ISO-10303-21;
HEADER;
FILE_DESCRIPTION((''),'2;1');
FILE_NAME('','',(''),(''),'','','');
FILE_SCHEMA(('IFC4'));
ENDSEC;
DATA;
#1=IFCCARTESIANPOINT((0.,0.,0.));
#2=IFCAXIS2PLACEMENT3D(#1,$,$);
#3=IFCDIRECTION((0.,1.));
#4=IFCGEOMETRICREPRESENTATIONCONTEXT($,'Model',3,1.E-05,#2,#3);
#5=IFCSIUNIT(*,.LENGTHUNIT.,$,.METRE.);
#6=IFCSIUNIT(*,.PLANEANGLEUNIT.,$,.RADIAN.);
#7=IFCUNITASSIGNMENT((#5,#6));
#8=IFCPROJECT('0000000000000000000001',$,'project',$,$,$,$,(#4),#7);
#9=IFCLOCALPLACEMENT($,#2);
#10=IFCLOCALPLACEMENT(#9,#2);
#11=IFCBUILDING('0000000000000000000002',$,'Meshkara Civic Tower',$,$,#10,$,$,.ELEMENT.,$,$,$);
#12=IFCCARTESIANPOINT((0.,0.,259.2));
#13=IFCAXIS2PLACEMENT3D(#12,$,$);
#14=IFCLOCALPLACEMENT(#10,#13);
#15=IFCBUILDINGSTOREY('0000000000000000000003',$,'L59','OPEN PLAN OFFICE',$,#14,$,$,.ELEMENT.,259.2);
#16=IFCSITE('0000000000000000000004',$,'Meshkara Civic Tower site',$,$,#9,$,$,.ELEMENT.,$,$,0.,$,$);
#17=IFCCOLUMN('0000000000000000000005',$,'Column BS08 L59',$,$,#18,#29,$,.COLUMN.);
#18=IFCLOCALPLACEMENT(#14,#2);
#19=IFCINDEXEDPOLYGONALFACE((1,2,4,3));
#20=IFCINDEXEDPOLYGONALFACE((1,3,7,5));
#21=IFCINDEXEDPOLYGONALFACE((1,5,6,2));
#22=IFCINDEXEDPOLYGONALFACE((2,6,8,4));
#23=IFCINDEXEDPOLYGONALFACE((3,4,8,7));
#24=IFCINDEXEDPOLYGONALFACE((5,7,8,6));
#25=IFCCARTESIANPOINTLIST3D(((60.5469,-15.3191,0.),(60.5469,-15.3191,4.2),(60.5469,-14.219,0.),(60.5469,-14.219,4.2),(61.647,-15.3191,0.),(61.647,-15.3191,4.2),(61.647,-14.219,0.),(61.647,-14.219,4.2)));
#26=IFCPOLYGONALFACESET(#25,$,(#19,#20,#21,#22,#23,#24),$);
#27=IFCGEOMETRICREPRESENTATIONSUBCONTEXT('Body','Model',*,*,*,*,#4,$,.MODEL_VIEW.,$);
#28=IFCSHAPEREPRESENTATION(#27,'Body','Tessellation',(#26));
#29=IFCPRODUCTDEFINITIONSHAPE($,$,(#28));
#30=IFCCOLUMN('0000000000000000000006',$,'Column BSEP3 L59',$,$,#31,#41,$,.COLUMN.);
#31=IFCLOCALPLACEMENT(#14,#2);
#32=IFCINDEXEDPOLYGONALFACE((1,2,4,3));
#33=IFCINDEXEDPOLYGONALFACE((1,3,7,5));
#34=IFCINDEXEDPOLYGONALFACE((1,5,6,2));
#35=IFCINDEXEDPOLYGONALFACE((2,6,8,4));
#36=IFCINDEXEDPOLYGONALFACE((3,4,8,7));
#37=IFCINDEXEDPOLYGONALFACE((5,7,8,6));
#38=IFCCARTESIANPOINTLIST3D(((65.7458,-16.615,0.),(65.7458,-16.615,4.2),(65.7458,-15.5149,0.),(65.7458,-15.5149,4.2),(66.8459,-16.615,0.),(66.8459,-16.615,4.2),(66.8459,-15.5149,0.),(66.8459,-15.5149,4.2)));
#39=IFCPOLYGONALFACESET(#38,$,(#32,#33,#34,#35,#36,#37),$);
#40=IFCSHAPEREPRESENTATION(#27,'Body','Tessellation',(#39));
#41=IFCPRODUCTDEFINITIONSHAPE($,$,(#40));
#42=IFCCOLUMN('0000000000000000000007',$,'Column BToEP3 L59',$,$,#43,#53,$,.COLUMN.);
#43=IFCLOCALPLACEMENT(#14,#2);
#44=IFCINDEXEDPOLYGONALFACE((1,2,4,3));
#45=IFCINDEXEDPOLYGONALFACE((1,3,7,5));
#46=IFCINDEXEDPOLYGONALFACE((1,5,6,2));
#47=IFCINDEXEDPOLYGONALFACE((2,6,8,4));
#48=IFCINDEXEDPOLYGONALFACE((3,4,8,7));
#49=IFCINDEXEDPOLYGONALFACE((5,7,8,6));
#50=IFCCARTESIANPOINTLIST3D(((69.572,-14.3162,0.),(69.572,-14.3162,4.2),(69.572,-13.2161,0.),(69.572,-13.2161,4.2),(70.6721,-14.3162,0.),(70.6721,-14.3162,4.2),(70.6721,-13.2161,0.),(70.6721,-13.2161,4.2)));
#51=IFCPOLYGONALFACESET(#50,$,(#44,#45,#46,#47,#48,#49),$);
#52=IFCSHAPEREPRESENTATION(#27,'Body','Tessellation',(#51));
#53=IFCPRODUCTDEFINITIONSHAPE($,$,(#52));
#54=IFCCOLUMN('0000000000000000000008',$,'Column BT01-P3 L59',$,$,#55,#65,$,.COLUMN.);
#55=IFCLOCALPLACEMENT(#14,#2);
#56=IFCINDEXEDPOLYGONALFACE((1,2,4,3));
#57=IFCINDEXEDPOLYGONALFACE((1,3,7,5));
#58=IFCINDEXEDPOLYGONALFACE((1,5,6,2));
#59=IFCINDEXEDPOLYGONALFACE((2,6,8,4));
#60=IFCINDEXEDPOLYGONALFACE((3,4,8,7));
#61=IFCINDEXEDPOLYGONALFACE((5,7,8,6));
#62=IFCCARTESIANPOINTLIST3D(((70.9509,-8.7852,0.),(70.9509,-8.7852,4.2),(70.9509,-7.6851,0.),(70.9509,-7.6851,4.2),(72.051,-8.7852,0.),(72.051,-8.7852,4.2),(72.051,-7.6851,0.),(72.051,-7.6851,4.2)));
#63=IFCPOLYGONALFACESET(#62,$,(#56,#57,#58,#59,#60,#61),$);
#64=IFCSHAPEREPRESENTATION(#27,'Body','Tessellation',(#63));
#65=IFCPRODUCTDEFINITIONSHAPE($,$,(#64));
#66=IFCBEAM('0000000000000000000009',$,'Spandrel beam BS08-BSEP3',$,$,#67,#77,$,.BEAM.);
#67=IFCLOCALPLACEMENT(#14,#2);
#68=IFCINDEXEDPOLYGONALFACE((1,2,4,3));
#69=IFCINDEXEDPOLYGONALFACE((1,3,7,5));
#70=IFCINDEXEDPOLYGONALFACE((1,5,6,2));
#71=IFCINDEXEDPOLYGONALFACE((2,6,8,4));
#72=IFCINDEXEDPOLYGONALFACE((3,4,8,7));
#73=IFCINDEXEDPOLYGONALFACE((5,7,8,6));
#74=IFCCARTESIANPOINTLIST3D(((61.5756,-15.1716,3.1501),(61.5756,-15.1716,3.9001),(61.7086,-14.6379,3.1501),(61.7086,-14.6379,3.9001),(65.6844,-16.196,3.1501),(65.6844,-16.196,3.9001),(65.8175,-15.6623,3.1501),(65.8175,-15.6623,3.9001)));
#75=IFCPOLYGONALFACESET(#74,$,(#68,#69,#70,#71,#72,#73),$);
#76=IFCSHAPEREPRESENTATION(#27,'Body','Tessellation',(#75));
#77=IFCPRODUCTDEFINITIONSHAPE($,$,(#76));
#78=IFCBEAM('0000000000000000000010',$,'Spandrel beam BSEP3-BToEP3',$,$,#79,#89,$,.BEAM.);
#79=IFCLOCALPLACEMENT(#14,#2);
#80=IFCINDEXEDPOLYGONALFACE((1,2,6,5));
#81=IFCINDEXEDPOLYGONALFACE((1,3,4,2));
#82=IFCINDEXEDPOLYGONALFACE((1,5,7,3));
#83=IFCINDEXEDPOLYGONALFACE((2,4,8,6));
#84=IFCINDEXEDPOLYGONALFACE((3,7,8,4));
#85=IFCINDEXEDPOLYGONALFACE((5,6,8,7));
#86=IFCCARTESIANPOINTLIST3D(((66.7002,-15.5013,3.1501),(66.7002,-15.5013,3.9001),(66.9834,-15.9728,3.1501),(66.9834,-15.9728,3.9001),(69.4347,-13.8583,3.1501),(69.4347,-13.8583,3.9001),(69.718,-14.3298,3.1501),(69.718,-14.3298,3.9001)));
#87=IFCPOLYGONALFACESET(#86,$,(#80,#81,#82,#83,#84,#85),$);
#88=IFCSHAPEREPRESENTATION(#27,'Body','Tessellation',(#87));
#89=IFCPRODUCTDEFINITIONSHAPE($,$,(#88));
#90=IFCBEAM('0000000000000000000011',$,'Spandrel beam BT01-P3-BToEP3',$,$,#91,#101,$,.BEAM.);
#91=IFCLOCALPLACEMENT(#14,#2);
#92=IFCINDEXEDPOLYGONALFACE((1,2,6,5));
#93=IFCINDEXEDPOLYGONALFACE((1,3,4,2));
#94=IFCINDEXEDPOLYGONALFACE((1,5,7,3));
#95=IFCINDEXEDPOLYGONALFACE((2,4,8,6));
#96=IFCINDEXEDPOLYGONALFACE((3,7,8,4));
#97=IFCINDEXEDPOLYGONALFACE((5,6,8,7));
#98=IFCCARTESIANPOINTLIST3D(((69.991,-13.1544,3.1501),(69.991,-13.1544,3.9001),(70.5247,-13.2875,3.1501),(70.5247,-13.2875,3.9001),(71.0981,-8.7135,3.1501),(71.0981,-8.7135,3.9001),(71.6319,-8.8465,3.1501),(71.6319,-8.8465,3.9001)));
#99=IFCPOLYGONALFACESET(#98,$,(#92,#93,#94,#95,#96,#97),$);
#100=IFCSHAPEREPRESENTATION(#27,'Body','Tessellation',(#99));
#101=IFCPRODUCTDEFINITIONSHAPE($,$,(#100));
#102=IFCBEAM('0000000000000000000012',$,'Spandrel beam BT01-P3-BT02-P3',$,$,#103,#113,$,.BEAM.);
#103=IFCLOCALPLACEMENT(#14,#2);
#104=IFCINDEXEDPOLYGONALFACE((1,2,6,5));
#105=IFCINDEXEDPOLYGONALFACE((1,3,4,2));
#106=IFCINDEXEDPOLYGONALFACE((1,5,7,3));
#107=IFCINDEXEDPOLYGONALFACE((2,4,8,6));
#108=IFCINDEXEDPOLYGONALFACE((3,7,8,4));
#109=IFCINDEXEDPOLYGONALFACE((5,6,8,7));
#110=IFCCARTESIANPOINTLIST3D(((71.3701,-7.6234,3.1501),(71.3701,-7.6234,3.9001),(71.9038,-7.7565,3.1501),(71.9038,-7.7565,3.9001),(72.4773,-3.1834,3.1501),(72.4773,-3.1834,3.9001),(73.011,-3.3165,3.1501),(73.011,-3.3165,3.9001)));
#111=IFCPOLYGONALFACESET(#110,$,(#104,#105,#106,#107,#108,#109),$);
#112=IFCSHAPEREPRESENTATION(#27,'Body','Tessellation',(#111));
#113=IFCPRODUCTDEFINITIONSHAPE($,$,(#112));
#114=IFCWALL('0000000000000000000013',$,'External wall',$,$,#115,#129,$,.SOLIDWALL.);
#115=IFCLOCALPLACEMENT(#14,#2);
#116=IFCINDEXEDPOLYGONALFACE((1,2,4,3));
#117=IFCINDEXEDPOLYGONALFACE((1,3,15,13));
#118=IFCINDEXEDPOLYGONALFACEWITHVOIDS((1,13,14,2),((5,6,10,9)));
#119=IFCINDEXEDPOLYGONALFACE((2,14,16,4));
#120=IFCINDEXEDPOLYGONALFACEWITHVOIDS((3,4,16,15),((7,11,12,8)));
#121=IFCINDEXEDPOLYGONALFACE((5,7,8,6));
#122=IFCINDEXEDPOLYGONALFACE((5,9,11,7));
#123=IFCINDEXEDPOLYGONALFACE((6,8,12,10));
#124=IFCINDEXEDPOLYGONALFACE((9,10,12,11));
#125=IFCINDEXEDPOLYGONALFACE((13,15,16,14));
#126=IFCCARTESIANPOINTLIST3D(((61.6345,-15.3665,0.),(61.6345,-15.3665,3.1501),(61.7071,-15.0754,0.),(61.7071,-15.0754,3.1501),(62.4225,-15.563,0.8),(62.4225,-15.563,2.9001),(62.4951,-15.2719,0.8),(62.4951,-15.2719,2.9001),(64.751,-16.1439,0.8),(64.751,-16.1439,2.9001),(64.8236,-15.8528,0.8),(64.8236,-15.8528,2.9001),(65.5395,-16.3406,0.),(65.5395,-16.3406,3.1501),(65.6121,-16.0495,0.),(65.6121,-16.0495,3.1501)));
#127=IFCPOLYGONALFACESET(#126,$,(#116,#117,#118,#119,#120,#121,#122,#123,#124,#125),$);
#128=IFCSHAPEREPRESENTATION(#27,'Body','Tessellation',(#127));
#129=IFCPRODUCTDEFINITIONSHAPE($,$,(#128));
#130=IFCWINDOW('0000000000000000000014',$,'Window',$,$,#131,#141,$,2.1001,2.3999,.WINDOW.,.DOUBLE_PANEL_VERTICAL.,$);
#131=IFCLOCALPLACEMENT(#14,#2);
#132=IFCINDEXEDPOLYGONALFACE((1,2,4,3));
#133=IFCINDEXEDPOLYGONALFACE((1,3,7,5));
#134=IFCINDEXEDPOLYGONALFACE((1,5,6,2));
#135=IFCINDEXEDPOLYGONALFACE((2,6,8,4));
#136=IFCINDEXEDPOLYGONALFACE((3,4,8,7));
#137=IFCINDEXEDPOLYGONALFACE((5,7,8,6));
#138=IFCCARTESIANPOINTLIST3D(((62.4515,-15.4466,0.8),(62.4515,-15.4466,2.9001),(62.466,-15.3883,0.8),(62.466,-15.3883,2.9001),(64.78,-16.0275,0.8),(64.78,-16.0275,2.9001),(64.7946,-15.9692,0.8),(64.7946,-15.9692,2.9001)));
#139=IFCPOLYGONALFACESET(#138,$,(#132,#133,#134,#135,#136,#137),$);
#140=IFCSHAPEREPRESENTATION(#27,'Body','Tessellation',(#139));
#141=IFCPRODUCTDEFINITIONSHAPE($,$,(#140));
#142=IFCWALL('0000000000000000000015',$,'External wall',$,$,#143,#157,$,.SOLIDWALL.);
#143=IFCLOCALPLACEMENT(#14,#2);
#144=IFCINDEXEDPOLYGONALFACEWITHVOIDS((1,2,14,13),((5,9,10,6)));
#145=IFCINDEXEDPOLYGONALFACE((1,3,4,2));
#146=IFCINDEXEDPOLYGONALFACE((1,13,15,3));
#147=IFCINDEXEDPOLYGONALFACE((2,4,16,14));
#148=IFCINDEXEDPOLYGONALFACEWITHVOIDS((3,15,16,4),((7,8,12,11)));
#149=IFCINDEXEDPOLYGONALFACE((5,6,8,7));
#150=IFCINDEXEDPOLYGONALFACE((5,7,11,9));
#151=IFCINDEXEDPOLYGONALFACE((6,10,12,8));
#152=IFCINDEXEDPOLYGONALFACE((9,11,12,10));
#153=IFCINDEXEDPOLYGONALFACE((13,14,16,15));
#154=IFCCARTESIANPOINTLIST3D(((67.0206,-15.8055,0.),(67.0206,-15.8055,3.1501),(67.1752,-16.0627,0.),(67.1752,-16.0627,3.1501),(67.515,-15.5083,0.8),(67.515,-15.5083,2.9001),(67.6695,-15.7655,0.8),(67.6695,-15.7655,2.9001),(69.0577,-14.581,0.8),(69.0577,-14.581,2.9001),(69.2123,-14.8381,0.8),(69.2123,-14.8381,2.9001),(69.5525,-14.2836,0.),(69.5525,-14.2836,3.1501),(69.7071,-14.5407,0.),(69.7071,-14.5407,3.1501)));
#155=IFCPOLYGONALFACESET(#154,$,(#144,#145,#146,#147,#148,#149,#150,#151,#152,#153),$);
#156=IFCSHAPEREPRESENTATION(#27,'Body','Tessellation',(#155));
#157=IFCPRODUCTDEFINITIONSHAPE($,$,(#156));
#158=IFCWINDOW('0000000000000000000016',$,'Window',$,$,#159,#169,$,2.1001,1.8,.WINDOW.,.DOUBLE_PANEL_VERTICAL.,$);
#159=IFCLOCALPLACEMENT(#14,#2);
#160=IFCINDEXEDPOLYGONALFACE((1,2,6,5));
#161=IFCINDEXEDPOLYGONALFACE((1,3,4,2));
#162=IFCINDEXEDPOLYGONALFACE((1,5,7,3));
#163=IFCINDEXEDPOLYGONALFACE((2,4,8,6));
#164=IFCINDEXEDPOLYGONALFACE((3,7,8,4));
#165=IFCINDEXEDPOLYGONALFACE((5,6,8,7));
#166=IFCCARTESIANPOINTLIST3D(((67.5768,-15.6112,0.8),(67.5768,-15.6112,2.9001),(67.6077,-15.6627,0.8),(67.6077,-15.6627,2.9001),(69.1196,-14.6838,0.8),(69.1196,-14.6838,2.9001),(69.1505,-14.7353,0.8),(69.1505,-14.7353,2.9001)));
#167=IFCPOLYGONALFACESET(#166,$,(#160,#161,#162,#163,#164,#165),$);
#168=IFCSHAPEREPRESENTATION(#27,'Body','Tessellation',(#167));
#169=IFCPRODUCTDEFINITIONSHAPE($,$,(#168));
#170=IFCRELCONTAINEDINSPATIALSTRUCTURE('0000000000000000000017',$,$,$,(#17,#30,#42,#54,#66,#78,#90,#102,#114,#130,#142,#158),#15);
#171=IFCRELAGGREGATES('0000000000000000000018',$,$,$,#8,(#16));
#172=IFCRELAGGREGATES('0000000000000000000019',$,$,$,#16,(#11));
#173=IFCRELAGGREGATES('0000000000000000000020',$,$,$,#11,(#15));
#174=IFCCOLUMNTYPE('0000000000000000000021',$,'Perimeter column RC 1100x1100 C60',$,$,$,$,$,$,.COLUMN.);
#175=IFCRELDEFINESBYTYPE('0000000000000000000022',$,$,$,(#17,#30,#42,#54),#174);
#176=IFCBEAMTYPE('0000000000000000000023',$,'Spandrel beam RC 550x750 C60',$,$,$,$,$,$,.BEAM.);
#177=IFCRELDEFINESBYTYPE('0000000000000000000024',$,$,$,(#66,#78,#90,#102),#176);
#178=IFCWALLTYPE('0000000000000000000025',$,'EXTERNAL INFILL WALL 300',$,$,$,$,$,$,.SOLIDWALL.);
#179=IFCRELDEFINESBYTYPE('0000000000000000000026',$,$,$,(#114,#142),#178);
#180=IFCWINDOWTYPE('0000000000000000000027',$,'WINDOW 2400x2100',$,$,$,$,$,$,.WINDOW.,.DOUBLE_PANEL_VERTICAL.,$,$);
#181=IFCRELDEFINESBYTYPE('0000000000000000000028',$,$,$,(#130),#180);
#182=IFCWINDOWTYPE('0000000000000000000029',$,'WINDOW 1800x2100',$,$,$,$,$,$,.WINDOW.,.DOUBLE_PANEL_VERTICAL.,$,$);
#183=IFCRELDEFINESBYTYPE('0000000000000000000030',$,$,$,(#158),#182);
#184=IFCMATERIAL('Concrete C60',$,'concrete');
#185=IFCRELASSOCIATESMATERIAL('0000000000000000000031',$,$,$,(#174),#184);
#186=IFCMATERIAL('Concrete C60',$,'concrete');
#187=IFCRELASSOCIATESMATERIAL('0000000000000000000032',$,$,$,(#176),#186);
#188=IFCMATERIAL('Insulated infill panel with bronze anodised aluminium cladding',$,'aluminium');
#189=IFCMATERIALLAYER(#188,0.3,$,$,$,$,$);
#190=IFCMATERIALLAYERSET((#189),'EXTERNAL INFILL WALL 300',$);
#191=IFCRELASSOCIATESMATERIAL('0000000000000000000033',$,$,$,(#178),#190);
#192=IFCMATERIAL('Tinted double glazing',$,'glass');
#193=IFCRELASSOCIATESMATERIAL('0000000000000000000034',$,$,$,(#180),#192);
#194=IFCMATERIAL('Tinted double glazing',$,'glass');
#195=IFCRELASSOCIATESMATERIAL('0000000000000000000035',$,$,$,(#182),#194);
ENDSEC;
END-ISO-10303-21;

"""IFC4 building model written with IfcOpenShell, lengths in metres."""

from ifc_helpers import new_model, si_unit, direction, frame, frame_2d, origin, origin_2d, place, context, subcontext, project, spatial, rectangle, extrude, material, layer, layer_set, material_profile, profile_set, type_object, element, fill, save


model = new_model("IFC4")

# Units and contexts
model_context = context("Model", 3, precision=1e-05, world=origin(), true_north=direction((0.0, 1.0)))
body_context = subcontext(model_context, "Body", "Model", "MODEL_VIEW")
ifc_project = project(units=[si_unit("LENGTHUNIT", "METRE"), si_unit("PLANEANGLEUNIT", "RADIAN")], contexts=[model_context])

# Site, building, storey
site_placement = place(None, origin())
site = spatial("IfcSite", under=ifc_project, at=site_placement, Name="Meshkara Civic Tower site", CompositionType="ELEMENT", RefElevation=0.0)
building_placement = place(site_placement, origin())
building = spatial("IfcBuilding", under=site, at=building_placement, Name="Meshkara Civic Tower", CompositionType="ELEMENT")
storey_placement = place(building_placement, frame((0.0, 0.0, 259.2)))
storey = spatial("IfcBuildingStorey", under=building, at=storey_placement, Name="L59", Description="OPEN PLAN OFFICE", CompositionType="ELEMENT", Elevation=259.2)

# Columns
ifc_material_1 = material(Name="Concrete C60", Category="concrete")
ifc_material_profile_1 = material_profile(ifc_material_1, rectangle(XDim=1.1001, YDim=1.1001, at=origin_2d()))
ifc_profile_set_1 = profile_set([ifc_material_profile_1], Name="Concrete C60")
column_type = type_object("IfcColumnType", Name="Perimeter column RC 1100x1100 C60", PredefinedType="COLUMN", material=ifc_profile_set_1)
for number, where, z_axis, x_axis, name in (
    (1, (61.0969, -14.769, 0.0), (0.0, 0.0, 1.0), (1.0, 0.0, 0.0), "Column BS08 L59"),
    (2, (66.2959, -16.0649, 0.0), (0.0, 0.0, 1.0), (1.0, 0.0, 0.0), "Column BSEP3 L59"),
    (3, (70.1221, -13.7661, 0.0), (0.0, 0.0, 1.0), (1.0, 0.0, 0.0), "Column BToEP3 L59"),
    (4, (71.501, -8.2351, 0.0), (0.0, 0.0, 1.0), (1.0, 0.0, 0.0), "Column BT01-P3 L59"),
):
    element("IfcColumn", number, at=place(storey_placement, frame(where, z_axis=z_axis, x_axis=x_axis)), inside=storey, type_object=column_type, Name=name, PredefinedType="COLUMN", context=body_context, shape_type="SweptSolid", body=[
        extrude(rectangle(XDim=1.1001, YDim=1.1001, at=origin_2d()), origin(), (0.0, 0.0, 1.0), 4.2),
    ])

# Beams
ifc_material_2 = material(Name="Concrete C60", Category="concrete")
ifc_material_profile_2 = material_profile(ifc_material_2, rectangle(XDim=0.55, YDim=0.75, at=origin_2d()))
ifc_profile_set_2 = profile_set([ifc_material_profile_2], Name="Concrete C60")
beam_type = type_object("IfcBeamType", Name="Spandrel beam RC 550x750 C60", PredefinedType="BEAM", material=ifc_profile_set_2)
beam_1_placement = place(storey_placement, frame((61.6421, -14.9048, 3.5251), z_axis=(0.970298, -0.241912, 0.0), x_axis=(0.241912, 0.970298, 0.0)))
element("IfcBeam", 5, at=beam_1_placement, inside=storey, type_object=beam_type, Name="Spandrel beam BS08-BSEP3", PredefinedType="BEAM", context=body_context, shape_type="SweptSolid", body=[
    extrude(rectangle(XDim=0.55, YDim=0.75, at=origin_2d()), origin(), (0.0, 0.0, 1.0), 4.2346),
])
beam_2_placement = place(storey_placement, frame((66.8418, -15.7371, 3.5251), z_axis=(0.857175, 0.515025, 0.0), x_axis=(-0.515025, 0.857175, 0.0)))
element("IfcBeam", 6, at=beam_2_placement, inside=storey, type_object=beam_type, Name="Spandrel beam BSEP3-BToEP3", PredefinedType="BEAM", context=body_context, shape_type="SweptSolid", body=[
    extrude(rectangle(XDim=0.55, YDim=0.75, at=origin_2d()), origin(), (0.0, 0.0, 1.0), 3.1902),
])
beam_3_placement = place(storey_placement, frame((70.2578, -13.2209, 3.5251), z_axis=(0.241908, 0.970299, 0.0), x_axis=(-0.970299, 0.241908, 0.0)))
element("IfcBeam", 7, at=beam_3_placement, inside=storey, type_object=beam_type, Name="Spandrel beam BT01-P3-BToEP3", PredefinedType="BEAM", context=body_context, shape_type="SweptSolid", body=[
    extrude(rectangle(XDim=0.55, YDim=0.75, at=origin_2d()), origin(), (0.0, 0.0, 1.0), 4.5769),
])
beam_4_placement = place(storey_placement, frame((71.637, -7.6899, 3.5251), z_axis=(0.241958, 0.970287, 0.0), x_axis=(-0.970287, 0.241958, 0.0)))
element("IfcBeam", 8, at=beam_4_placement, inside=storey, type_object=beam_type, Name="Spandrel beam BT01-P3-BT02-P3", PredefinedType="BEAM", context=body_context, shape_type="SweptSolid", body=[
    extrude(rectangle(XDim=0.55, YDim=0.75, at=origin_2d()), origin(), (0.0, 0.0, 1.0), 4.5759),
])

# Walls, openings, windows
ifc_material_3 = material(Name="Insulated infill panel with bronze anodised aluminium cladding", Category="aluminium")
ifc_layer_1 = layer(ifc_material_3, 0.3)
ifc_layer_set_1 = layer_set([ifc_layer_1], Name="EXTERNAL INFILL WALL 300")
wall_type_1 = type_object("IfcWallType", Name="EXTERNAL INFILL WALL 300", PredefinedType="SOLIDWALL", material=ifc_layer_set_1)
wall_1_placement = place(storey_placement, frame((61.6709, -15.2209, 0.0), z_axis=(0.0, 0.0, 1.0), x_axis=(0.970267, -0.242036, 0.0)))
wall_1 = element("IfcWall", 9, at=wall_1_placement, inside=storey, type_object=wall_type_1, Name="External wall", PredefinedType="SOLIDWALL", context=body_context, shape_type="SweptSolid", body=[
    extrude(rectangle(XDim=4.0247, YDim=0.3, at=frame_2d((2.0122, 0.0))), origin(), (0.0, 0.0, 1.0), 3.1501),
])
opening_1_placement = place(wall_1_placement, frame((0.812, 0.0, 0.8)))
opening_1 = element("IfcOpeningElement", 10, at=opening_1_placement, cuts=wall_1, PredefinedType="OPENING", context=body_context, shape_type="SweptSolid", body=[
    extrude(rectangle(XDim=2.3999, YDim=2.1001, at=frame_2d((1.2, 1.05))), frame((0.0, 0.1599, 0.0), z_axis=(0.0, -1.0, 0.0), x_axis=(1.0, 0.0, 0.0)), (0.0, 0.0, 1.0), 0.3201),
])
ifc_material_4 = material(Name="Tinted double glazing", Category="glass")
window_type_1 = type_object("IfcWindowType", Name="WINDOW 2400x2100", PartitioningType="DOUBLE_PANEL_VERTICAL", PredefinedType="WINDOW", material=ifc_material_4)
window_1_placement = place(opening_1_placement, origin())
window_1 = element("IfcWindow", 11, at=window_1_placement, inside=storey, type_object=window_type_1, Name="Window", OverallHeight=2.1001, OverallWidth=2.3999, PartitioningType="DOUBLE_PANEL_VERTICAL", PredefinedType="WINDOW", context=body_context, shape_type="SweptSolid", body=[
    extrude(rectangle(XDim=2.3999, YDim=2.1001, at=frame_2d((1.2, 1.05))), frame((0.0, 0.03, 0.0), z_axis=(0.0, -1.0, 0.0), x_axis=(1.0, 0.0, 0.0)), (0.0, 0.0, 1.0), 0.0601),
])
fill(opening_1, window_1)
wall_2_placement = place(storey_placement, frame((67.0979, -15.9341, 0.0), z_axis=(0.0, 0.0, 1.0), x_axis=(0.857077, 0.515188, 0.0)))
wall_2 = element("IfcWall", 12, at=wall_2_placement, inside=storey, type_object=wall_type_1, Name="External wall", PredefinedType="SOLIDWALL", context=body_context, shape_type="SweptSolid", body=[
    extrude(rectangle(XDim=2.9541, YDim=0.3, at=frame_2d((1.4771, 0.0))), origin(), (0.0, 0.0, 1.0), 3.1501),
])
opening_2_placement = place(wall_2_placement, frame((0.5769, 0.0, 0.8)))
opening_2 = element("IfcOpeningElement", 13, at=opening_2_placement, cuts=wall_2, PredefinedType="OPENING", context=body_context, shape_type="SweptSolid", body=[
    extrude(rectangle(XDim=1.8, YDim=2.1001, at=frame_2d((0.8999, 1.05))), frame((0.0, 0.1599, 0.0), z_axis=(0.0, -1.0, 0.0), x_axis=(1.0, 0.0, 0.0)), (0.0, 0.0, 1.0), 0.3201),
])
ifc_material_5 = material(Name="Tinted double glazing", Category="glass")
window_type_2 = type_object("IfcWindowType", Name="WINDOW 1800x2100", PartitioningType="DOUBLE_PANEL_VERTICAL", PredefinedType="WINDOW", material=ifc_material_5)
window_2_placement = place(opening_2_placement, origin())
window_2 = element("IfcWindow", 14, at=window_2_placement, inside=storey, type_object=window_type_2, Name="Window", OverallHeight=2.1001, OverallWidth=1.8, PartitioningType="DOUBLE_PANEL_VERTICAL", PredefinedType="WINDOW", context=body_context, shape_type="SweptSolid", body=[
    extrude(rectangle(XDim=1.8, YDim=2.1001, at=frame_2d((0.8999, 1.05))), frame((0.0, 0.03, 0.0), z_axis=(0.0, -1.0, 0.0), x_axis=(1.0, 0.0, 0.0)), (0.0, 0.0, 1.0), 0.0601),
])
fill(opening_2, window_2)

save(model, "model.ifc")
